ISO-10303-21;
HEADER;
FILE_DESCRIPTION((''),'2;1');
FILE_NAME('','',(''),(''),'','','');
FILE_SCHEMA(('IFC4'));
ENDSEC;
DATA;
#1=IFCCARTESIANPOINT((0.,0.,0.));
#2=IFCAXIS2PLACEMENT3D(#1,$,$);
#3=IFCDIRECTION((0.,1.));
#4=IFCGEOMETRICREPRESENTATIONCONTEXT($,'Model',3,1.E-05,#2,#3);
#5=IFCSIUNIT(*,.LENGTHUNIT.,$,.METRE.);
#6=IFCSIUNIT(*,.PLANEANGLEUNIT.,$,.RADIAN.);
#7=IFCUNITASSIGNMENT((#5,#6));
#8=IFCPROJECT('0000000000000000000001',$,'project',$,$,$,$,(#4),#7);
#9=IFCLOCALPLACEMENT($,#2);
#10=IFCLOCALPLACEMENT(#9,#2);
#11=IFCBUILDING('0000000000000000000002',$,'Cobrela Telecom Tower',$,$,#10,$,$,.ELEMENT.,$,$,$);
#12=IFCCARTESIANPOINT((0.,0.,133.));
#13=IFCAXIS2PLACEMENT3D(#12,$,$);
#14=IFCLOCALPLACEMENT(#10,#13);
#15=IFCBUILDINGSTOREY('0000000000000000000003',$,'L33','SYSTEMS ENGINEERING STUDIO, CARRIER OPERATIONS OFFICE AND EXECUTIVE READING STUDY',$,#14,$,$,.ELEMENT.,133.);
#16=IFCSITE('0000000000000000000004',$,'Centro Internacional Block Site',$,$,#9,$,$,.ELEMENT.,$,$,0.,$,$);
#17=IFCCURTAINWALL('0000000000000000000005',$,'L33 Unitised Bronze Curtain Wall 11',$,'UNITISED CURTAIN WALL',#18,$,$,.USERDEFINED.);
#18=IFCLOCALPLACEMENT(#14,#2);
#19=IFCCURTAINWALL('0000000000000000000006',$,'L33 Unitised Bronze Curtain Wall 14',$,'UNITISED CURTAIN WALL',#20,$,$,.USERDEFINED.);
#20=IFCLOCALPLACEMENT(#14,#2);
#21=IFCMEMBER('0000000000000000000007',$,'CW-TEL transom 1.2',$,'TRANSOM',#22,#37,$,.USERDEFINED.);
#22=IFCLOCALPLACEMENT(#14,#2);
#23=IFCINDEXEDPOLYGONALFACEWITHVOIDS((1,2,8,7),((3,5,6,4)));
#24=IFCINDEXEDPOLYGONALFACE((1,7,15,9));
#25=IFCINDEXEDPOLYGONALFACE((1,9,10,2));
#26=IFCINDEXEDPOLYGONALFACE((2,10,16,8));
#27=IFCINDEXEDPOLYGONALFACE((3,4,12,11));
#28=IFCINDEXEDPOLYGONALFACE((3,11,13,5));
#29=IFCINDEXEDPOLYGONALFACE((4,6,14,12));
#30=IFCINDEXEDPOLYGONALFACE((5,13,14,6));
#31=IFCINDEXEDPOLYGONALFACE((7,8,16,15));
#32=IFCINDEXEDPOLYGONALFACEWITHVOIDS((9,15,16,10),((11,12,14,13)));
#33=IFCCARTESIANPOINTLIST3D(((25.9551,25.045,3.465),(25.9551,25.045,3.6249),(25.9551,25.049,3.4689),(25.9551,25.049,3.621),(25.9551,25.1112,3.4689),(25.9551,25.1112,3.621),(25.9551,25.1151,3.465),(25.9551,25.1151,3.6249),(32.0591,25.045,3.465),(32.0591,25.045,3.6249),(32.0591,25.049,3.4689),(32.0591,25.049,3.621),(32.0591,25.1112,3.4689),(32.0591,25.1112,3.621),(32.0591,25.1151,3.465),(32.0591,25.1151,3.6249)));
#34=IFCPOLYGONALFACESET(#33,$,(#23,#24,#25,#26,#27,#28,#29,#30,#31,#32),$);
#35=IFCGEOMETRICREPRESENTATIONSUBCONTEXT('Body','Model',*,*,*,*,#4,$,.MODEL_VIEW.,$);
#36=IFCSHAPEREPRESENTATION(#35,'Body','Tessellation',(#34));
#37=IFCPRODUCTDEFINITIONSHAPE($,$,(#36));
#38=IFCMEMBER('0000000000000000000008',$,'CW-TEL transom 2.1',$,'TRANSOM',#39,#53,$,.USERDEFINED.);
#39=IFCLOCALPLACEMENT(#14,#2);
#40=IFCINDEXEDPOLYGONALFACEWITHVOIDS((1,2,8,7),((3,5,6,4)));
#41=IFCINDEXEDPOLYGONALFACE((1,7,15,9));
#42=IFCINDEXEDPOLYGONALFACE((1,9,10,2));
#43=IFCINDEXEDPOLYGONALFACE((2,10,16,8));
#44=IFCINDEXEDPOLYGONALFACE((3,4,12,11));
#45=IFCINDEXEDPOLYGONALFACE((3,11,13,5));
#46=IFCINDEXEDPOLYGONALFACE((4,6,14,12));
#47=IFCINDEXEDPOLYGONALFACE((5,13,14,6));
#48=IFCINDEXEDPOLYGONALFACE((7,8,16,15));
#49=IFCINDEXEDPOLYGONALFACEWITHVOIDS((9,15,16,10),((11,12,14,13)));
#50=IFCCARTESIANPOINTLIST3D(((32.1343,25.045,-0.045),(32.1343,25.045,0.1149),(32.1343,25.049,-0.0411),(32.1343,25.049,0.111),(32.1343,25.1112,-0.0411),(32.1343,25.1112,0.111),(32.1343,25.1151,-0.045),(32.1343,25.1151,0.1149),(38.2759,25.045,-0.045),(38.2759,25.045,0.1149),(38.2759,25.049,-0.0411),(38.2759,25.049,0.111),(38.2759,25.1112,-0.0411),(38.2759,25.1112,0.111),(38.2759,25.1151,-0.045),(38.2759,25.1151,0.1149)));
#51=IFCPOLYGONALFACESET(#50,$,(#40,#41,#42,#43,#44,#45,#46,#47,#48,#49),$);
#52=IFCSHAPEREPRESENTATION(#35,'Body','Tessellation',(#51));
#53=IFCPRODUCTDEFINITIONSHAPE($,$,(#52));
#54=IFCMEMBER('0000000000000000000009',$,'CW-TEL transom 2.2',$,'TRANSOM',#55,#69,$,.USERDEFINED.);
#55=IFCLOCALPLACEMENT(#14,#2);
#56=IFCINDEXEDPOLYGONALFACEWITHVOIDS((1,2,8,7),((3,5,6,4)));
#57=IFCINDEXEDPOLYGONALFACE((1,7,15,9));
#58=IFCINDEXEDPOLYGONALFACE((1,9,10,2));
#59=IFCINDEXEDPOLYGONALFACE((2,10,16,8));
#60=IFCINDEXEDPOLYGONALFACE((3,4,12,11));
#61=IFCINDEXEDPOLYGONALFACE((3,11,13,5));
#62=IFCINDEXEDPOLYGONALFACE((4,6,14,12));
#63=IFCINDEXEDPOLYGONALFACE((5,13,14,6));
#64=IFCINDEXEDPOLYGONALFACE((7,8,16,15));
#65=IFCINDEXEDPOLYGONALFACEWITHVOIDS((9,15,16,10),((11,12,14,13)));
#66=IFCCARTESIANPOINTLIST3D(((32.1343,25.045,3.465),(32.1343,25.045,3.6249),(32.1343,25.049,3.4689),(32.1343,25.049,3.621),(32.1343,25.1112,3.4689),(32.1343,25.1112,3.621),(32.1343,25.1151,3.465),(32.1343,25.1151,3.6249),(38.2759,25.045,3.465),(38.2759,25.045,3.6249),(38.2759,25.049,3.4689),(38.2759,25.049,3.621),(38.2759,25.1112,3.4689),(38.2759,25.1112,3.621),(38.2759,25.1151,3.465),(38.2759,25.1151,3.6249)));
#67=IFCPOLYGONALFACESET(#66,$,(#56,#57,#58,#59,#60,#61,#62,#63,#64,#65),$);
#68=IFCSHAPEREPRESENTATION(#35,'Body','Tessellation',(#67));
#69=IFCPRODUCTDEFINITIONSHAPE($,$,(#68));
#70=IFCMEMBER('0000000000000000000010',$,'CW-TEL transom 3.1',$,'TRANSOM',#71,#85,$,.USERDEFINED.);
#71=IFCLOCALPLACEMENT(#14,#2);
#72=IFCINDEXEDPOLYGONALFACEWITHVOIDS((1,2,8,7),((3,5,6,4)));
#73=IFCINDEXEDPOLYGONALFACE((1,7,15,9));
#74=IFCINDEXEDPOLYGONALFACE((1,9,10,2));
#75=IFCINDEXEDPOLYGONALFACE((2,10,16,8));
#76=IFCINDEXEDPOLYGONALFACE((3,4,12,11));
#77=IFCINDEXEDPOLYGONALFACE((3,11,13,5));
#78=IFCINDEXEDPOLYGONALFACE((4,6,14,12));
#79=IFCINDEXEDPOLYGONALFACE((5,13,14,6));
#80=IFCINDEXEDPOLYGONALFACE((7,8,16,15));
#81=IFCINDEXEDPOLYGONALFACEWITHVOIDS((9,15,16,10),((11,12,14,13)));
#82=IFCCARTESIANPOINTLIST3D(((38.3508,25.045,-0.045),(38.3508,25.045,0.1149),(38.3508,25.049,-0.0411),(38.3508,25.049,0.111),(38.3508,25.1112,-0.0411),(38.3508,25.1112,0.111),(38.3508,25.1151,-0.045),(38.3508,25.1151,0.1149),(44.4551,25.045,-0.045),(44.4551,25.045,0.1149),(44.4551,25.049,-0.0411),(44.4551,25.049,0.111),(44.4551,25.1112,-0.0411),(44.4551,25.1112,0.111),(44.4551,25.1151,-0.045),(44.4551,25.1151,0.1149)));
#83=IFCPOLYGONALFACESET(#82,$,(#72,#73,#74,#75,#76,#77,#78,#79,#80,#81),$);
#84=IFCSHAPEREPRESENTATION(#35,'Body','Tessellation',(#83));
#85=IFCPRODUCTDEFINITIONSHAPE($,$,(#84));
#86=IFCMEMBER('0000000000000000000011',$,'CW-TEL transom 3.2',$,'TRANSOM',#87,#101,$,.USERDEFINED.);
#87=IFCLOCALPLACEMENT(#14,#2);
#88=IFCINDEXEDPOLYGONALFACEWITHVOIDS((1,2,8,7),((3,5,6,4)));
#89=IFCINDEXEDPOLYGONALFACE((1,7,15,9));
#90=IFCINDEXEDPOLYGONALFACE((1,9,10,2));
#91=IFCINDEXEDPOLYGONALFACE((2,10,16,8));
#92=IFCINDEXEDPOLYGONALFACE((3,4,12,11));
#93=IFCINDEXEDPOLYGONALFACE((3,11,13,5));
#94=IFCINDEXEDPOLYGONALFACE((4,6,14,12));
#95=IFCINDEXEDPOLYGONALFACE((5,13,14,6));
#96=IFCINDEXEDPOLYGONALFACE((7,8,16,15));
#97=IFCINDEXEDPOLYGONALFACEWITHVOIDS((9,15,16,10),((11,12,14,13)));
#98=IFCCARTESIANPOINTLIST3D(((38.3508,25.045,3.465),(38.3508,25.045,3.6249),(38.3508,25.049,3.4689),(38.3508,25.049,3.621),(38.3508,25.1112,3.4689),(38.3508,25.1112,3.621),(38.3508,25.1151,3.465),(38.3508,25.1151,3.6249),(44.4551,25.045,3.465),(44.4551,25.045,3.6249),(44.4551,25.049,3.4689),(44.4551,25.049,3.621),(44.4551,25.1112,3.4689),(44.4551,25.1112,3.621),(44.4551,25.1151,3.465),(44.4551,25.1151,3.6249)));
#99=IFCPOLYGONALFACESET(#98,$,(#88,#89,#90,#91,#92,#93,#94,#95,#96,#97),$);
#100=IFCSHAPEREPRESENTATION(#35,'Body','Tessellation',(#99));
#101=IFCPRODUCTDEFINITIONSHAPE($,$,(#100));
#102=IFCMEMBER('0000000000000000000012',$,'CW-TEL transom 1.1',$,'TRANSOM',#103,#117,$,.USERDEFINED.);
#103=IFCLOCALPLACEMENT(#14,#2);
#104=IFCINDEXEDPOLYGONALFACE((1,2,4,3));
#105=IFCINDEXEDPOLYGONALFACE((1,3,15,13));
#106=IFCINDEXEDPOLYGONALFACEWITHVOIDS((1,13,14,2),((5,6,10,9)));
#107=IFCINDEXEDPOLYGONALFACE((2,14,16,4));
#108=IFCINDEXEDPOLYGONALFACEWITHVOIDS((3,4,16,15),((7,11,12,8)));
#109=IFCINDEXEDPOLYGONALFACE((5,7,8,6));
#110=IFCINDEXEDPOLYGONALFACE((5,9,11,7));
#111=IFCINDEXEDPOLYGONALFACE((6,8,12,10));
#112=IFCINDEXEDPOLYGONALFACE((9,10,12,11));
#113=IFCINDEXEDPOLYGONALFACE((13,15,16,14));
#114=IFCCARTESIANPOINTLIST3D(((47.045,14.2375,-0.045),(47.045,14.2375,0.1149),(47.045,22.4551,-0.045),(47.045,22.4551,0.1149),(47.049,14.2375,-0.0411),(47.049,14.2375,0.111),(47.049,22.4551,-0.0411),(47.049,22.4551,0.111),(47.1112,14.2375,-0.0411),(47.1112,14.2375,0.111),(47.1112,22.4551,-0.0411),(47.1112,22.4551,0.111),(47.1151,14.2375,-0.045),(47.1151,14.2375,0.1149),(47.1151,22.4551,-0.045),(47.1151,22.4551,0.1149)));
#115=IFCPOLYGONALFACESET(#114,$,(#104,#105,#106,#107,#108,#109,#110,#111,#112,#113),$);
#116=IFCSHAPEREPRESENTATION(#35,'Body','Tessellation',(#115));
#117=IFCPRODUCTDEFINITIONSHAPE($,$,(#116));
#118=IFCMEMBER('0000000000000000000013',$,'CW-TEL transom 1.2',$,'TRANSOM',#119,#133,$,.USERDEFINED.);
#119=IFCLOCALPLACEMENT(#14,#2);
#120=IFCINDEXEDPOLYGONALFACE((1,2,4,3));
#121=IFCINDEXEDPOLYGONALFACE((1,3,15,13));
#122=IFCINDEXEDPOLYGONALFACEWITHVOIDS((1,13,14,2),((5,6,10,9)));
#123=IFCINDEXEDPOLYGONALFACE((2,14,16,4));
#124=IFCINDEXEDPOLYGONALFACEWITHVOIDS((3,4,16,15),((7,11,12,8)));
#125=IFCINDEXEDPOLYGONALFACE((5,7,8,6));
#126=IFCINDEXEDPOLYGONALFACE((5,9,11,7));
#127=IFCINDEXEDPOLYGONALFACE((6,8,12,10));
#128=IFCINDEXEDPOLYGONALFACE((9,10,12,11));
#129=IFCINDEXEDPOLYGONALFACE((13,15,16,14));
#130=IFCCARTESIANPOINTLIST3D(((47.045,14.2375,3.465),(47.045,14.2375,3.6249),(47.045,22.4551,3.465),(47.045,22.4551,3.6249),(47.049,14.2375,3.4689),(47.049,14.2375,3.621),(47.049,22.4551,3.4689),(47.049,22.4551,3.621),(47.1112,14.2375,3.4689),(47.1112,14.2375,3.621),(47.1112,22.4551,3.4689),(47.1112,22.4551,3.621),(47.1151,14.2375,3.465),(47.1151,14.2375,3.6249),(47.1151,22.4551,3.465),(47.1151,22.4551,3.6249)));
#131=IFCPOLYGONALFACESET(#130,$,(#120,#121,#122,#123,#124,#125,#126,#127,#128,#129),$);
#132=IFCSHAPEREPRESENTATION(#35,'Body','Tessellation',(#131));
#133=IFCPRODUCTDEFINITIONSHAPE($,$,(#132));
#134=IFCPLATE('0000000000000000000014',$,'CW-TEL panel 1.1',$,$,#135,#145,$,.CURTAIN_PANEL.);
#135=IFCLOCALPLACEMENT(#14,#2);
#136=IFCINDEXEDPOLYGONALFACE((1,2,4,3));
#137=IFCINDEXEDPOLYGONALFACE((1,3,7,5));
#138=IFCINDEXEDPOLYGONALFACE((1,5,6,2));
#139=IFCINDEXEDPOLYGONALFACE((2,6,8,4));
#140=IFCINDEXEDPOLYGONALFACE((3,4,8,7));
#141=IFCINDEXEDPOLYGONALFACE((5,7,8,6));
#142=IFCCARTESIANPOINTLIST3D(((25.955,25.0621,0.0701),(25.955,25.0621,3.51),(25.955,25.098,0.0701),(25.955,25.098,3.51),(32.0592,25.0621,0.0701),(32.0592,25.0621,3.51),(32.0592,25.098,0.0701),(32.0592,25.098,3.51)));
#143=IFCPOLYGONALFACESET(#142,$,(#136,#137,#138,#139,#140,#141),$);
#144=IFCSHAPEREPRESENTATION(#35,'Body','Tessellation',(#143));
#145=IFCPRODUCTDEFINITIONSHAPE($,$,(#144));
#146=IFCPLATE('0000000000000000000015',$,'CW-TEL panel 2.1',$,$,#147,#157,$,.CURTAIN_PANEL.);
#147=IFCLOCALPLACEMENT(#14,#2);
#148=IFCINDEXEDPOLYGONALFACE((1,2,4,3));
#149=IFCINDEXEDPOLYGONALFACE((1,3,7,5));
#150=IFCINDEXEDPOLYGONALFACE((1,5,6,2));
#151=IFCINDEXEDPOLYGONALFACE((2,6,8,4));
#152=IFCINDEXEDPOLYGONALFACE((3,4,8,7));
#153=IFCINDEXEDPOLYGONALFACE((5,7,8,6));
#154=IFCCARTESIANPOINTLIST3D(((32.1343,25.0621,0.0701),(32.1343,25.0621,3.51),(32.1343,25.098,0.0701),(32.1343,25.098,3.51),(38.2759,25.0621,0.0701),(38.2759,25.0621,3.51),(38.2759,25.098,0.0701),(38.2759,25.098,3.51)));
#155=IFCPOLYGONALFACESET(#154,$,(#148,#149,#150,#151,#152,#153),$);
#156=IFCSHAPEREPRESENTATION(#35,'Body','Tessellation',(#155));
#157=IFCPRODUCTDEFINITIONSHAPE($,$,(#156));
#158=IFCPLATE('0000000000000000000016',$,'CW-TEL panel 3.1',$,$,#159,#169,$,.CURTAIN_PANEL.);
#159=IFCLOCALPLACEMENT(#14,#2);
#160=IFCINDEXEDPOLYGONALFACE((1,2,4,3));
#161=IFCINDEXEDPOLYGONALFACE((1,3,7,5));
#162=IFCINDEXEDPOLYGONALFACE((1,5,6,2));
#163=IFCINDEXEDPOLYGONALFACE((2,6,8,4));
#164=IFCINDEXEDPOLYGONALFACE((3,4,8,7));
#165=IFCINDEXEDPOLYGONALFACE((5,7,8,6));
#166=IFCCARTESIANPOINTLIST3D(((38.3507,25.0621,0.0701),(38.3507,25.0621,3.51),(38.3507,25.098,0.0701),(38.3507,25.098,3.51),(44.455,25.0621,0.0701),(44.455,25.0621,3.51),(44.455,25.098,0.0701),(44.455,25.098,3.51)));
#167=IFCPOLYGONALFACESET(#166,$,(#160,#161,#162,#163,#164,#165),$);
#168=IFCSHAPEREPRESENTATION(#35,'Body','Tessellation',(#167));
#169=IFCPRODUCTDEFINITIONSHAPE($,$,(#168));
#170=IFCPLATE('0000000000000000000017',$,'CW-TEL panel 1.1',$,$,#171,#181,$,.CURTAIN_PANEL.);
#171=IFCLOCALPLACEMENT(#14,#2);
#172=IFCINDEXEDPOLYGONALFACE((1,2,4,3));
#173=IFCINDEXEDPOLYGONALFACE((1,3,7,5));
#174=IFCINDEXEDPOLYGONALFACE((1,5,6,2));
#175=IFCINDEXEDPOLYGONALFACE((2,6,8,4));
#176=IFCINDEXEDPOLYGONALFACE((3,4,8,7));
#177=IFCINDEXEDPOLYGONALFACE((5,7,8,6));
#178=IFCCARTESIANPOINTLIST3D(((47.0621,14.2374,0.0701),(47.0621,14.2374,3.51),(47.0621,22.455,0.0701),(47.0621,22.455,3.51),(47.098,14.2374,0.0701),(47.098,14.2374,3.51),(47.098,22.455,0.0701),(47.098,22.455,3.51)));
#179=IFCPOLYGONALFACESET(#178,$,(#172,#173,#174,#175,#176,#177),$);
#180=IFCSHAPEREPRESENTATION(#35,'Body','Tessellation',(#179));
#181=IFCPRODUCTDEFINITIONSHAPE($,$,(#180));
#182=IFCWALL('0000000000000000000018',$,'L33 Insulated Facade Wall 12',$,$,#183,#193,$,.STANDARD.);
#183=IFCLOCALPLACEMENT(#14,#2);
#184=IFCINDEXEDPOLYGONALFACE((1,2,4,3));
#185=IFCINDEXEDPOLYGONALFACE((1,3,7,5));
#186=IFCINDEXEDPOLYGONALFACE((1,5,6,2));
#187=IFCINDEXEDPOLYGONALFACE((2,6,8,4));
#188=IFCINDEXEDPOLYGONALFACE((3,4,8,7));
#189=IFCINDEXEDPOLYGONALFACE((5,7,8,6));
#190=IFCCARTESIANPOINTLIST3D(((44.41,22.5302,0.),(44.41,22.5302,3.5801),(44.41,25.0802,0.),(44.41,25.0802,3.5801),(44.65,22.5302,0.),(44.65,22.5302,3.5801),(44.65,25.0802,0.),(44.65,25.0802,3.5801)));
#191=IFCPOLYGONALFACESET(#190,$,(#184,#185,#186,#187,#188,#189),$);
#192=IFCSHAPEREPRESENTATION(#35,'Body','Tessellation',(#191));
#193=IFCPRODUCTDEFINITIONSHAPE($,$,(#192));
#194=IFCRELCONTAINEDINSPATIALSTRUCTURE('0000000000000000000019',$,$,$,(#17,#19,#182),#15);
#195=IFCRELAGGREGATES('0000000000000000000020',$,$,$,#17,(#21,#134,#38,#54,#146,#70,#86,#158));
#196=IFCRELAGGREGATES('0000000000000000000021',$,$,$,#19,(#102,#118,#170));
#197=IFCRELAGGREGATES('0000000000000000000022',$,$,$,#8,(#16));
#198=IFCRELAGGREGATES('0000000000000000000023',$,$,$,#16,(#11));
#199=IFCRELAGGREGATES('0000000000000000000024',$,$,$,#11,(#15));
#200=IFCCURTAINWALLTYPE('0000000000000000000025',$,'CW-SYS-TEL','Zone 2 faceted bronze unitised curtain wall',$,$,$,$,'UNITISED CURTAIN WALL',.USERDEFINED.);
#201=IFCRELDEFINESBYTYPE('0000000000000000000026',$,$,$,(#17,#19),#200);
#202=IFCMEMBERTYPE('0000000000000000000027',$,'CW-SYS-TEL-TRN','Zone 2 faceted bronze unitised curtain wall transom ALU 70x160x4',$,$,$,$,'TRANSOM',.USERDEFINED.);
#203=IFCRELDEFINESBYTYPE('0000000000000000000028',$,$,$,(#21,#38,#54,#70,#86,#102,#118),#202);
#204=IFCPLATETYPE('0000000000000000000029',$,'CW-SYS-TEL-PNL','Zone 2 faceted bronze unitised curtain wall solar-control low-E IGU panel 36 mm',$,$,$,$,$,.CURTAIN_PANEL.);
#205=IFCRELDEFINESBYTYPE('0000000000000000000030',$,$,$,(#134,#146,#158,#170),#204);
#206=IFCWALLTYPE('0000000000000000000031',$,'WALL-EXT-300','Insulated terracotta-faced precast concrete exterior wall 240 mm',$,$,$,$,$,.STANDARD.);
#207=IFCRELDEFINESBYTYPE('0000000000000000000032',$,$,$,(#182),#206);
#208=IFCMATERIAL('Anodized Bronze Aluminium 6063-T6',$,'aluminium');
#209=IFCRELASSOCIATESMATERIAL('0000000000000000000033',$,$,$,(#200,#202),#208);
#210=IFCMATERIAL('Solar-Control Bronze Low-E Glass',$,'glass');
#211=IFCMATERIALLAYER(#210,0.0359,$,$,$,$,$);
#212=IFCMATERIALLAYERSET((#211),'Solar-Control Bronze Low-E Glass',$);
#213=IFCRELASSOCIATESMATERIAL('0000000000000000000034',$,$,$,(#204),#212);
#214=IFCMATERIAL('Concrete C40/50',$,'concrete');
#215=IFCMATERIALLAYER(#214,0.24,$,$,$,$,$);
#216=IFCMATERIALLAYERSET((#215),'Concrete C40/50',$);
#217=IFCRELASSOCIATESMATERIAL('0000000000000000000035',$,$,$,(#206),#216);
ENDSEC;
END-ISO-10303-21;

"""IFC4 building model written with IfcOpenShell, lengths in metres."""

from ifc_helpers import new_model, si_unit, direction, frame, frame_2d, origin, origin_2d, place, context, subcontext, project, spatial, rectangle, hollow_rectangle, extrude, material, layer, layer_set, material_profile, profile_set, type_object, element, aggregate, save


model = new_model("IFC4")

# Units and contexts
model_context = context("Model", 3, precision=1e-05, world=origin(), true_north=direction((0.0, 1.0)))
body_context = subcontext(model_context, "Body", "Model", "MODEL_VIEW")
ifc_project = project(units=[si_unit("LENGTHUNIT", "METRE"), si_unit("PLANEANGLEUNIT", "RADIAN")], contexts=[model_context])

# Site, building, storey
site_placement = place(None, origin())
site = spatial("IfcSite", under=ifc_project, at=site_placement, Name="Centro Internacional Block Site", CompositionType="ELEMENT", RefElevation=0.0)
building_placement = place(site_placement, origin())
building = spatial("IfcBuilding", under=site, at=building_placement, Name="Cobrela Telecom Tower", CompositionType="ELEMENT")
storey_placement = place(building_placement, frame((0.0, 0.0, 133.0)))
storey = spatial("IfcBuildingStorey", under=building, at=storey_placement, Name="L33", Description="SYSTEMS ENGINEERING STUDIO, CARRIER OPERATIONS OFFICE AND EXECUTIVE READING STUDY", CompositionType="ELEMENT", Elevation=133.0)

# Curtain wall
ifc_material_1 = material(Name="Anodized Bronze Aluminium 6063-T6", Category="aluminium")
curtain_wall_type = type_object("IfcCurtainWallType", Name="CW-SYS-TEL", Description="Zone 2 faceted bronze unitised curtain wall", ElementType="UNITISED CURTAIN WALL", PredefinedType="USERDEFINED", material=ifc_material_1)
curtain_wall_1_placement = place(storey_placement, origin())
curtain_wall_1 = element("IfcCurtainWall", 1, at=curtain_wall_1_placement, inside=storey, type_object=curtain_wall_type, Name="L33 Unitised Bronze Curtain Wall 11", ObjectType="UNITISED CURTAIN WALL", PredefinedType="USERDEFINED")

# Curtain wall
curtain_wall_2_placement = place(storey_placement, origin())
curtain_wall_2 = element("IfcCurtainWall", 2, at=curtain_wall_2_placement, inside=storey, type_object=curtain_wall_type, Name="L33 Unitised Bronze Curtain Wall 14", ObjectType="UNITISED CURTAIN WALL", PredefinedType="USERDEFINED")

# Members
ifc_material_profile_1 = material_profile(ifc_material_1, hollow_rectangle(XDim=0.0701, YDim=0.1599, WallThickness=0.0039, at=origin_2d()), Name="ALU 70x160x4")
ifc_profile_set_1 = profile_set([ifc_material_profile_1], Name="Anodized Bronze Aluminium 6063-T6")
member_type_1 = type_object("IfcMemberType", Name="CW-SYS-TEL-TRN", Description="Zone 2 faceted bronze unitised curtain wall transom ALU 70x160x4", ElementType="TRANSOM", PredefinedType="USERDEFINED", material=ifc_profile_set_1)
member_1_placement = place(storey_placement, frame((25.9551, 25.0801, 3.5449), z_axis=(1.0, 0.0, 0.0), x_axis=(0.0, 1.0, 0.0)))
member_1 = element("IfcMember", 3, at=member_1_placement, type_object=member_type_1, Name="CW-TEL transom 1.2", ObjectType="TRANSOM", PredefinedType="USERDEFINED", context=body_context, shape_type="SweptSolid", body=[
    extrude(hollow_rectangle(XDim=0.0701, YDim=0.1599, WallThickness=0.0039, at=origin_2d()), origin(), (0.0, 0.0, 1.0), 6.104),
])
member_2_placement = place(storey_placement, frame((32.1343, 25.0801, 0.0349), z_axis=(1.0, 0.0, 0.0), x_axis=(0.0, 1.0, 0.0)))
member_2 = element("IfcMember", 4, at=member_2_placement, type_object=member_type_1, Name="CW-TEL transom 2.1", ObjectType="TRANSOM", PredefinedType="USERDEFINED", context=body_context, shape_type="SweptSolid", body=[
    extrude(hollow_rectangle(XDim=0.0701, YDim=0.1599, WallThickness=0.0039, at=origin_2d()), origin(), (0.0, 0.0, 1.0), 6.1416),
])
member_3_placement = place(storey_placement, frame((32.1343, 25.0801, 3.5449), z_axis=(1.0, 0.0, 0.0), x_axis=(0.0, 1.0, 0.0)))
member_3 = element("IfcMember", 5, at=member_3_placement, type_object=member_type_1, Name="CW-TEL transom 2.2", ObjectType="TRANSOM", PredefinedType="USERDEFINED", context=body_context, shape_type="SweptSolid", body=[
    extrude(hollow_rectangle(XDim=0.0701, YDim=0.1599, WallThickness=0.0039, at=origin_2d()), origin(), (0.0, 0.0, 1.0), 6.1416),
])
member_4_placement = place(storey_placement, frame((38.3508, 25.0801, 0.0349), z_axis=(1.0, 0.0, 0.0), x_axis=(0.0, 1.0, 0.0)))
member_4 = element("IfcMember", 6, at=member_4_placement, type_object=member_type_1, Name="CW-TEL transom 3.1", ObjectType="TRANSOM", PredefinedType="USERDEFINED", context=body_context, shape_type="SweptSolid", body=[
    extrude(hollow_rectangle(XDim=0.0701, YDim=0.1599, WallThickness=0.0039, at=origin_2d()), origin(), (0.0, 0.0, 1.0), 6.1042),
])
member_5_placement = place(storey_placement, frame((38.3508, 25.0801, 3.5449), z_axis=(1.0, 0.0, 0.0), x_axis=(0.0, 1.0, 0.0)))
member_5 = element("IfcMember", 7, at=member_5_placement, type_object=member_type_1, Name="CW-TEL transom 3.2", ObjectType="TRANSOM", PredefinedType="USERDEFINED", context=body_context, shape_type="SweptSolid", body=[
    extrude(hollow_rectangle(XDim=0.0701, YDim=0.1599, WallThickness=0.0039, at=origin_2d()), origin(), (0.0, 0.0, 1.0), 6.1042),
])
member_6_placement = place(storey_placement, frame((47.0801, 22.4551, 0.0349), z_axis=(0.0, -1.0, 0.0), x_axis=(1.0, 0.0, 0.0)))
member_6 = element("IfcMember", 8, at=member_6_placement, type_object=member_type_1, Name="CW-TEL transom 1.1", ObjectType="TRANSOM", PredefinedType="USERDEFINED", context=body_context, shape_type="SweptSolid", body=[
    extrude(hollow_rectangle(XDim=0.0701, YDim=0.1599, WallThickness=0.0039, at=origin_2d()), origin(), (0.0, 0.0, 1.0), 8.2175),
])
member_7_placement = place(storey_placement, frame((47.0801, 22.4551, 3.5449), z_axis=(0.0, -1.0, 0.0), x_axis=(1.0, 0.0, 0.0)))
member_7 = element("IfcMember", 9, at=member_7_placement, type_object=member_type_1, Name="CW-TEL transom 1.2", ObjectType="TRANSOM", PredefinedType="USERDEFINED", context=body_context, shape_type="SweptSolid", body=[
    extrude(hollow_rectangle(XDim=0.0701, YDim=0.1599, WallThickness=0.0039, at=origin_2d()), origin(), (0.0, 0.0, 1.0), 8.2175),
])

# Plates
ifc_material_2 = material(Name="Solar-Control Bronze Low-E Glass", Category="glass")
ifc_layer_1 = layer(ifc_material_2, 0.0359)
ifc_layer_set_1 = layer_set([ifc_layer_1], Name="Solar-Control Bronze Low-E Glass")
plate_type = type_object("IfcPlateType", Name="CW-SYS-TEL-PNL", Description="Zone 2 faceted bronze unitised curtain wall solar-control low-E IGU panel 36 mm", PredefinedType="CURTAIN_PANEL", material=ifc_layer_set_1)
plate_1_placement = place(storey_placement, frame((29.0071, 25.0801, 0.0701), z_axis=(0.0, 0.0, 1.0), x_axis=(1.0, 0.0, 0.0)))
plate_1 = element("IfcPlate", 10, at=plate_1_placement, type_object=plate_type, Name="CW-TEL panel 1.1", PredefinedType="CURTAIN_PANEL", context=body_context, shape_type="SweptSolid", body=[
    extrude(rectangle(XDim=6.1042, YDim=0.0359, at=origin_2d()), origin(), (0.0, 0.0, 1.0), 3.4399),
])
plate_2_placement = place(storey_placement, frame((35.2051, 25.0801, 0.0701), z_axis=(0.0, 0.0, 1.0), x_axis=(1.0, 0.0, 0.0)))
plate_2 = element("IfcPlate", 11, at=plate_2_placement, type_object=plate_type, Name="CW-TEL panel 2.1", PredefinedType="CURTAIN_PANEL", context=body_context, shape_type="SweptSolid", body=[
    extrude(rectangle(XDim=6.1416, YDim=0.0359, at=origin_2d()), origin(), (0.0, 0.0, 1.0), 3.4399),
])
plate_3_placement = place(storey_placement, frame((41.4028, 25.0801, 0.0701), z_axis=(0.0, 0.0, 1.0), x_axis=(1.0, 0.0, 0.0)))
plate_3 = element("IfcPlate", 12, at=plate_3_placement, type_object=plate_type, Name="CW-TEL panel 3.1", PredefinedType="CURTAIN_PANEL", context=body_context, shape_type="SweptSolid", body=[
    extrude(rectangle(XDim=6.1042, YDim=0.0359, at=origin_2d()), origin(), (0.0, 0.0, 1.0), 3.4399),
])
aggregate(curtain_wall_1, [member_1, plate_1, member_2, member_3, plate_2, member_4, member_5, plate_3])
plate_4_placement = place(storey_placement, frame((47.0801, 18.3462, 0.0701), z_axis=(0.0, 0.0, 1.0), x_axis=(0.0, -1.0, 0.0)))
plate_4 = element("IfcPlate", 13, at=plate_4_placement, type_object=plate_type, Name="CW-TEL panel 1.1", PredefinedType="CURTAIN_PANEL", context=body_context, shape_type="SweptSolid", body=[
    extrude(rectangle(XDim=8.2175, YDim=0.0359, at=origin_2d()), origin(), (0.0, 0.0, 1.0), 3.4399),
])
aggregate(curtain_wall_2, [member_6, member_7, plate_4])

# Wall
ifc_material_3 = material(Name="Concrete C40/50", Category="concrete")
ifc_layer_2 = layer(ifc_material_3, 0.24)
ifc_layer_set_2 = layer_set([ifc_layer_2], Name="Concrete C40/50")
wall_type_1 = type_object("IfcWallType", Name="WALL-EXT-300", Description="Insulated terracotta-faced precast concrete exterior wall 240 mm", PredefinedType="STANDARD", material=ifc_layer_set_2)
wall_1_placement = place(storey_placement, frame((44.53, 25.0801, 0.0), z_axis=(0.0, 0.0, 1.0), x_axis=(0.0, -1.0, 0.0)))
element("IfcWall", 14, at=wall_1_placement, inside=storey, type_object=wall_type_1, Name="L33 Insulated Facade Wall 12", PredefinedType="STANDARD", context=body_context, shape_type="SweptSolid", body=[
    extrude(rectangle(XDim=2.55, YDim=0.24, at=frame_2d((1.2749, 0.0))), origin(), (0.0, 0.0, 1.0), 3.5801),
])

save(model, "model.ifc")
